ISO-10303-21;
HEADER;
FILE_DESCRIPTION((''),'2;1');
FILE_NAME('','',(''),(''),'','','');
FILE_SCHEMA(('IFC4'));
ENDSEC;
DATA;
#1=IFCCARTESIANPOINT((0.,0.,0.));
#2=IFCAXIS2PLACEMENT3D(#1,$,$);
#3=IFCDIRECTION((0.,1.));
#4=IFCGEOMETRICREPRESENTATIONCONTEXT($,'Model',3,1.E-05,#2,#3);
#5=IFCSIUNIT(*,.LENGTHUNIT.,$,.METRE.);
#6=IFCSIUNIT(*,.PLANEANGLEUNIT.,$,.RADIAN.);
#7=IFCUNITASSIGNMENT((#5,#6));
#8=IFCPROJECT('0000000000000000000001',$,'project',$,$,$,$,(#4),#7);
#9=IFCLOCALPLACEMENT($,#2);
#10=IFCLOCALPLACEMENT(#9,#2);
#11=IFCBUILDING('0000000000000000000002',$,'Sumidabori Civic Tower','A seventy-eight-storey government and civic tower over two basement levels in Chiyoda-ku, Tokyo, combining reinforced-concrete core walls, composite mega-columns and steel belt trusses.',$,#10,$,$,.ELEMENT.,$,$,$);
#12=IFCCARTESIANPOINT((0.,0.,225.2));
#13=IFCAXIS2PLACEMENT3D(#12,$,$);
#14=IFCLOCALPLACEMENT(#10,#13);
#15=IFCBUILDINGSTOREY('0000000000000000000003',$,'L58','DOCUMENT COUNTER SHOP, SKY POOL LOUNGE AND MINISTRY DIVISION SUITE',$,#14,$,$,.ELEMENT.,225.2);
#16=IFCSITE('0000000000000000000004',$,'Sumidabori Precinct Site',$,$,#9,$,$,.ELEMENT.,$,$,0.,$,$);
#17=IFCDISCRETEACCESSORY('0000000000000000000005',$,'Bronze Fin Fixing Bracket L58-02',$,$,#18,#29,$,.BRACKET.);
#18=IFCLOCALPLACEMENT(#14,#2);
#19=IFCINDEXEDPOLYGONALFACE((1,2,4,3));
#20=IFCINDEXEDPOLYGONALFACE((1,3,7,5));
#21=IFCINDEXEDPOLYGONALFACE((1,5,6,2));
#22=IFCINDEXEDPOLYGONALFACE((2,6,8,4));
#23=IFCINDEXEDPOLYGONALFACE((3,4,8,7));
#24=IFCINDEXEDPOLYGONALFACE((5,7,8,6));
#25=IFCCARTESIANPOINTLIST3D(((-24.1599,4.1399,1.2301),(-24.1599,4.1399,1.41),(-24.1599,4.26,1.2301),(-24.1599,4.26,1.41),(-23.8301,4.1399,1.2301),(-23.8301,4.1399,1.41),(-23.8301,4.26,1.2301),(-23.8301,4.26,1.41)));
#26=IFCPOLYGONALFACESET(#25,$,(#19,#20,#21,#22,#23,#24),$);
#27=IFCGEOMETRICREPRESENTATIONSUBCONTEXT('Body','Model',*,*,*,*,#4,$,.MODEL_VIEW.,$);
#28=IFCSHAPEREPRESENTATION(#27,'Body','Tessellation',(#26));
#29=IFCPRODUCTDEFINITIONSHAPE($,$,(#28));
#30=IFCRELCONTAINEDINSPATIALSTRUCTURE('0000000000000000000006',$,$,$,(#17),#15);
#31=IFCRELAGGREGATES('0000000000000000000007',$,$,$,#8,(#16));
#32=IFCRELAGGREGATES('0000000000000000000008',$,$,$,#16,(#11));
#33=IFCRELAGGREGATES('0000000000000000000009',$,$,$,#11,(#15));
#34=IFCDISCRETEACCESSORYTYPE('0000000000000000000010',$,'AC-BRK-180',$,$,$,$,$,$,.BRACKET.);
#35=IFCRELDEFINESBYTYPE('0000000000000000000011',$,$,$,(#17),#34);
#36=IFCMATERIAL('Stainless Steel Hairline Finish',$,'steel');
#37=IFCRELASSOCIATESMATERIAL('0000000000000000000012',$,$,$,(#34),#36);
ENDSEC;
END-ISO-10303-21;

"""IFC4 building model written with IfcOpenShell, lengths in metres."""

from ifc_helpers import new_model, si_unit, direction, frame, origin, origin_2d, place, context, subcontext, project, spatial, rectangle, extrude, source, transform, mapped, material, material_profile, profile_set, type_object, element, save


model = new_model("IFC4")

# Units and contexts
model_context = context("Model", 3, precision=1e-05, world=origin(), true_north=direction((0.0, 1.0)))
body_context = subcontext(model_context, "Body", "Model", "MODEL_VIEW")
ifc_project = project(units=[si_unit("LENGTHUNIT", "METRE"), si_unit("PLANEANGLEUNIT", "RADIAN")], contexts=[model_context])

# Site, building, storey
site_placement = place(None, origin())
site = spatial("IfcSite", under=ifc_project, at=site_placement, Name="Sumidabori Precinct Site", CompositionType="ELEMENT", RefElevation=0.0)
building_placement = place(site_placement, origin())
building = spatial("IfcBuilding", under=site, at=building_placement, Name="Sumidabori Civic Tower", Description="A seventy-eight-storey government and civic tower over two basement levels in Chiyoda-ku, Tokyo, combining reinforced-concrete core walls, composite mega-columns and steel belt trusses.", CompositionType="ELEMENT")
storey_placement = place(building_placement, frame((0.0, 0.0, 225.2)))
storey = spatial("IfcBuildingStorey", under=building, at=storey_placement, Name="L58", Description="DOCUMENT COUNTER SHOP, SKY POOL LOUNGE AND MINISTRY DIVISION SUITE", CompositionType="ELEMENT", Elevation=225.2)

# Discrete accessory
ifc_material_1 = material(Name="Stainless Steel Hairline Finish", Category="steel")
ifc_material_profile_1 = material_profile(ifc_material_1, rectangle(XDim=0.1201, YDim=0.1799, at=origin_2d()), Name="STEEL BRACKET 180x120")
ifc_profile_set_1 = profile_set([ifc_material_profile_1], Name="Stainless Steel Hairline Finish")
discrete_accessory_type = type_object("IfcDiscreteAccessoryType", Name="AC-BRK-180", PredefinedType="BRACKET", material=ifc_profile_set_1)
shared_shape_1 = source(origin(), body_context, "Body", "SweptSolid", [
    extrude(rectangle(XDim=0.1201, YDim=0.1799, at=origin_2d()), origin(), (0.0, 0.0, 1.0), 0.3298),
])
discrete_accessory_placement = place(storey_placement, frame((-23.8301, 4.2, 1.3201), z_axis=(-1.0, 0.0, 0.0), x_axis=(0.0, -1.0, 0.0)))
element("IfcDiscreteAccessory", 1, at=discrete_accessory_placement, inside=storey, type_object=discrete_accessory_type, Name="Bronze Fin Fixing Bracket L58-02", PredefinedType="BRACKET", context=body_context, shape_type="MappedRepresentation", body=[
    mapped(shared_shape_1, transform((0.0, 0.0, 0.0), x_axis=(1.0, 0.0, 0.0), y_axis=(0.0, 1.0, 0.0), z_axis=(0.0, 0.0, 1.0), scale=1.0)),
])

save(model, "model.ifc")
